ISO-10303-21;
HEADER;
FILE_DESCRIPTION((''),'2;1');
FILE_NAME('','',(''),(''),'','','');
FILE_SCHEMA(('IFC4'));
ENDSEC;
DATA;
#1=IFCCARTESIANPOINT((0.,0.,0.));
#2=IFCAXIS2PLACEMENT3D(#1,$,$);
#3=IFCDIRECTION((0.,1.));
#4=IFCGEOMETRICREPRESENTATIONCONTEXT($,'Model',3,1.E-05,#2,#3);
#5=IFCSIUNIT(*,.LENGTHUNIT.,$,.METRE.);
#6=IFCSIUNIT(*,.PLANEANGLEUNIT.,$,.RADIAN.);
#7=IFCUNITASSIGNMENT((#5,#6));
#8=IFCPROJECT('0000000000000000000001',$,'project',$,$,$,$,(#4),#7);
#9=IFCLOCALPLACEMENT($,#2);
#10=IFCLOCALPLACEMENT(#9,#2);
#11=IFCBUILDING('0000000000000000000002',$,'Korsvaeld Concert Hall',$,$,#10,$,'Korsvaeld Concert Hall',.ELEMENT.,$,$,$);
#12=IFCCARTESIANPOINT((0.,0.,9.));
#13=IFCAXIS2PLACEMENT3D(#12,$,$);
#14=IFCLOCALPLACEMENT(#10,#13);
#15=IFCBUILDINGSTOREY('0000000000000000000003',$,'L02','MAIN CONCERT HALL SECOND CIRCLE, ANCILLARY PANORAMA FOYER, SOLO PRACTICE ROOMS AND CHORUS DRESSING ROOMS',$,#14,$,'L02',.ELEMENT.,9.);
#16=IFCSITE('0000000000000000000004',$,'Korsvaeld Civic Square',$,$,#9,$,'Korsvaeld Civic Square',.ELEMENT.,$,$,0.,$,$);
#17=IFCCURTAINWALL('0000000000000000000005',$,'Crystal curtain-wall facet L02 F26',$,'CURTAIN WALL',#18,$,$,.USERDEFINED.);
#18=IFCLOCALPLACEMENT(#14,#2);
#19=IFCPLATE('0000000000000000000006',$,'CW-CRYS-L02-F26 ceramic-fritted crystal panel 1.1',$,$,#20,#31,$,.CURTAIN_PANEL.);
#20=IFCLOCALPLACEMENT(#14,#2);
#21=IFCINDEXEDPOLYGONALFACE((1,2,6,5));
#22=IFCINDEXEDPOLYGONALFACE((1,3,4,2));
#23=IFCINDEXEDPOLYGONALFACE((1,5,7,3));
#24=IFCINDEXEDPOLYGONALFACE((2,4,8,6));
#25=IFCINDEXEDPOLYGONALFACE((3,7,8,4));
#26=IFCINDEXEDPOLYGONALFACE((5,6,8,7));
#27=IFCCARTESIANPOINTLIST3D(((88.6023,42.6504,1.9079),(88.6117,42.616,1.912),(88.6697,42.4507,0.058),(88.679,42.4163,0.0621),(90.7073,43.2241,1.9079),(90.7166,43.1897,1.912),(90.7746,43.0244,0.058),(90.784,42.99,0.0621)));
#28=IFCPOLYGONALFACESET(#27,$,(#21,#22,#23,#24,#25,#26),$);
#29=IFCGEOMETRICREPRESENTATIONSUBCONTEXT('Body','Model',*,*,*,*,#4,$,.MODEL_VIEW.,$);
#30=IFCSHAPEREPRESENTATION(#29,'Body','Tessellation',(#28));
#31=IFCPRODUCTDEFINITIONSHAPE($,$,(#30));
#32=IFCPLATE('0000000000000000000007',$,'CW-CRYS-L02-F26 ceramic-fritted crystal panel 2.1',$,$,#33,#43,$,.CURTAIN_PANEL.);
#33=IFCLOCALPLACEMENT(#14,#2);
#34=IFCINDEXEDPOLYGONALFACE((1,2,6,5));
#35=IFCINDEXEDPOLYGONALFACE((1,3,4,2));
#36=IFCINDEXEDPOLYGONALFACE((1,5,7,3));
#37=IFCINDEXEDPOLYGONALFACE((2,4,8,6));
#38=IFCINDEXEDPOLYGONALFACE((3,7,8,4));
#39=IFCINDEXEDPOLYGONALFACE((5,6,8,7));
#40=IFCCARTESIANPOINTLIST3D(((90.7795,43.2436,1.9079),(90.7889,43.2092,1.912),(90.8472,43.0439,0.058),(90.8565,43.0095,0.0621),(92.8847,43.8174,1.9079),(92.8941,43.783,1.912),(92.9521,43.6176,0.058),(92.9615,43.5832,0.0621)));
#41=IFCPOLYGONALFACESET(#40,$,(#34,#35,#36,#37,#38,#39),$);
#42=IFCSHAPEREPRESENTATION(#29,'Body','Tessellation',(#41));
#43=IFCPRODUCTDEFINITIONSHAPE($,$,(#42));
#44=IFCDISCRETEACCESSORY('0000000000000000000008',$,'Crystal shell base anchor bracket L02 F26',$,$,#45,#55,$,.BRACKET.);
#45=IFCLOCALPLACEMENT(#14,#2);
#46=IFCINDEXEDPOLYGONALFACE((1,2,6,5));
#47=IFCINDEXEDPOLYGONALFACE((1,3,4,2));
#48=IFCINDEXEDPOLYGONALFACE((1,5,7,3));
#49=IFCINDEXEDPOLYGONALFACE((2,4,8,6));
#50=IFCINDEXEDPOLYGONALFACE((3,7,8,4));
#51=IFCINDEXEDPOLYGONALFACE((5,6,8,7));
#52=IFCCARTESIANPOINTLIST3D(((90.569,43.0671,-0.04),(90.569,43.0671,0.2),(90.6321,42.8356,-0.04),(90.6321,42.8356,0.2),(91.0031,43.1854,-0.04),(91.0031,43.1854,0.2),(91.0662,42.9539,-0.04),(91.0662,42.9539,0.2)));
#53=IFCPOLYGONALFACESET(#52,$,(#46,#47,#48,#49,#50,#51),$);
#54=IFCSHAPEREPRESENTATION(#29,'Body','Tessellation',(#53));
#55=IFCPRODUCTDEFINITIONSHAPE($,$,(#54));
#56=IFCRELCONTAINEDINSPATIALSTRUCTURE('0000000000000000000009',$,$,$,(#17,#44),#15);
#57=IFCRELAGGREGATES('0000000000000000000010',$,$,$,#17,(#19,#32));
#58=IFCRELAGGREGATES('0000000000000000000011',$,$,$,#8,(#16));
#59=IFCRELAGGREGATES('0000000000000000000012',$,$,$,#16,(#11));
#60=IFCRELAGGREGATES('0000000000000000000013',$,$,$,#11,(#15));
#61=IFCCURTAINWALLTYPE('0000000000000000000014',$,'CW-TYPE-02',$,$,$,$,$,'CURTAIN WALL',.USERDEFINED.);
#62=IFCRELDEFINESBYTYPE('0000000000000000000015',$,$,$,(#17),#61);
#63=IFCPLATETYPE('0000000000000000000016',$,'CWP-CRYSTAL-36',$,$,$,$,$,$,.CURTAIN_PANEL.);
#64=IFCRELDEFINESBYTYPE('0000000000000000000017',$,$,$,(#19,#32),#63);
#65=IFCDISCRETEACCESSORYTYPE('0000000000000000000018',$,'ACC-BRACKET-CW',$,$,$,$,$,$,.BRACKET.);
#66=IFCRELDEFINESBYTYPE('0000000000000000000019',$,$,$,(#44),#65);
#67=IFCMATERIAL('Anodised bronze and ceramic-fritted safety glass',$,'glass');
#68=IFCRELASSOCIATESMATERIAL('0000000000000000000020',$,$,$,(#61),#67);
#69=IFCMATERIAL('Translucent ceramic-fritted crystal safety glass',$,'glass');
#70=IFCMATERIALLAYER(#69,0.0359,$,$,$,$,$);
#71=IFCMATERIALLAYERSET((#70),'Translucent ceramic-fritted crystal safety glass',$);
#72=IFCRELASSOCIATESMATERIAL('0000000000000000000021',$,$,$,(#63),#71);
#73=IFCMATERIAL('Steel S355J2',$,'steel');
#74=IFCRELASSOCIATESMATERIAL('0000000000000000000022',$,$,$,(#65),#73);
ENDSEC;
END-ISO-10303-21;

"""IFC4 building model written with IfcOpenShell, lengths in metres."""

from ifc_helpers import new_model, si_unit, direction, frame, origin, origin_2d, place, context, subcontext, project, spatial, polyline, rectangle, outline, extrude, material, layer, layer_set, type_object, element, aggregate, save


model = new_model("IFC4")

# Units and contexts
model_context = context("Model", 3, precision=1e-05, world=origin(), true_north=direction((0.0, 1.0)))
body_context = subcontext(model_context, "Body", "Model", "MODEL_VIEW")
ifc_project = project(units=[si_unit("LENGTHUNIT", "METRE"), si_unit("PLANEANGLEUNIT", "RADIAN")], contexts=[model_context])

# Site, building, storey
site_placement = place(None, origin())
site = spatial("IfcSite", under=ifc_project, at=site_placement, Name="Korsvaeld Civic Square", LongName="Korsvaeld Civic Square", CompositionType="ELEMENT", RefElevation=0.0)
building_placement = place(site_placement, origin())
building = spatial("IfcBuilding", under=site, at=building_placement, Name="Korsvaeld Concert Hall", LongName="Korsvaeld Concert Hall", CompositionType="ELEMENT")
storey_placement = place(building_placement, frame((0.0, 0.0, 9.0)))
storey = spatial("IfcBuildingStorey", under=building, at=storey_placement, Name="L02", Description="MAIN CONCERT HALL SECOND CIRCLE, ANCILLARY PANORAMA FOYER, SOLO PRACTICE ROOMS AND CHORUS DRESSING ROOMS", LongName="L02", CompositionType="ELEMENT", Elevation=9.0)

# Shared definitions
ifc_material_1 = material(Name="Anodised bronze and ceramic-fritted safety glass", Category="glass")

# Curtain wall
curtain_wall_type_1 = type_object("IfcCurtainWallType", Name="CW-TYPE-02", ElementType="CURTAIN WALL", PredefinedType="USERDEFINED", material=ifc_material_1)
curtain_wall_1_placement = place(storey_placement, origin())
curtain_wall_1 = element("IfcCurtainWall", 1, at=curtain_wall_1_placement, inside=storey, type_object=curtain_wall_type_1, Name="Crystal curtain-wall facet L02 F26", ObjectType="CURTAIN WALL", PredefinedType="USERDEFINED")

# Plates
ifc_material_2 = material(Name="Translucent ceramic-fritted crystal safety glass", Category="glass")
ifc_layer_1 = layer(ifc_material_2, 0.0359)
ifc_layer_set_1 = layer_set([ifc_layer_1], Name="Translucent ceramic-fritted crystal safety glass")
plate_type_1 = type_object("IfcPlateType", Name="CWP-CRYSTAL-36", PredefinedType="CURTAIN_PANEL", material=ifc_layer_set_1)
plate_1_placement = place(storey_placement, frame((88.6743, 42.4336, 0.0601), z_axis=(0.261281, -0.958625, 0.113009), x_axis=(0.964805, 0.262966, 0.0)))
plate_1 = element("IfcPlate", 2, at=plate_1_placement, type_object=plate_type_1, Name="CW-CRYS-L02-F26 ceramic-fritted crystal panel 1.1", PredefinedType="CURTAIN_PANEL", context=body_context, shape_type="SweptSolid", body=[
    extrude(outline(polyline([(0.0, 0.0), (2.1818, 0.0), (2.1693, 1.8618), (-0.0125, 1.8618), (0.0, 0.0)])), frame((0.0, 0.0, 0.0181)), (0.0, 0.0, -1.0), 0.0359),
])
plate_2_placement = place(storey_placement, frame((90.8518, 43.0269, 0.0601), z_axis=(0.261267, -0.958627, 0.113026), x_axis=(0.964809, 0.262952, 0.000002)))
plate_2 = element("IfcPlate", 3, at=plate_2_placement, type_object=plate_type_1, Name="CW-CRYS-L02-F26 ceramic-fritted crystal panel 2.1", PredefinedType="CURTAIN_PANEL", context=body_context, shape_type="SweptSolid", body=[
    extrude(outline(polyline([(0.0, 0.0), (2.1818, 0.0), (2.1693, 1.8618), (-0.0127, 1.8618), (0.0, 0.0)])), frame((0.0, 0.0, 0.0181)), (0.0, 0.0, -1.0), 0.0359),
])
aggregate(curtain_wall_1, [plate_1, plate_2])

# Discrete accessory
ifc_material_3 = material(Name="Steel S355J2", Category="steel")
discrete_accessory_type = type_object("IfcDiscreteAccessoryType", Name="ACC-BRACKET-CW", PredefinedType="BRACKET", material=ifc_material_3)
discrete_accessory_placement = place(storey_placement, frame((90.8176, 43.0105, -0.04), z_axis=(0.0, 0.0, 1.0), x_axis=(0.964833, 0.262863, 0.0)))
element("IfcDiscreteAccessory", 4, at=discrete_accessory_placement, inside=storey, type_object=discrete_accessory_type, Name="Crystal shell base anchor bracket L02 F26", PredefinedType="BRACKET", context=body_context, shape_type="SweptSolid", body=[
    extrude(rectangle(XDim=0.45, YDim=0.24, at=origin_2d()), origin(), (0.0, 0.0, 1.0), 0.24),
])

save(model, "model.ifc")
